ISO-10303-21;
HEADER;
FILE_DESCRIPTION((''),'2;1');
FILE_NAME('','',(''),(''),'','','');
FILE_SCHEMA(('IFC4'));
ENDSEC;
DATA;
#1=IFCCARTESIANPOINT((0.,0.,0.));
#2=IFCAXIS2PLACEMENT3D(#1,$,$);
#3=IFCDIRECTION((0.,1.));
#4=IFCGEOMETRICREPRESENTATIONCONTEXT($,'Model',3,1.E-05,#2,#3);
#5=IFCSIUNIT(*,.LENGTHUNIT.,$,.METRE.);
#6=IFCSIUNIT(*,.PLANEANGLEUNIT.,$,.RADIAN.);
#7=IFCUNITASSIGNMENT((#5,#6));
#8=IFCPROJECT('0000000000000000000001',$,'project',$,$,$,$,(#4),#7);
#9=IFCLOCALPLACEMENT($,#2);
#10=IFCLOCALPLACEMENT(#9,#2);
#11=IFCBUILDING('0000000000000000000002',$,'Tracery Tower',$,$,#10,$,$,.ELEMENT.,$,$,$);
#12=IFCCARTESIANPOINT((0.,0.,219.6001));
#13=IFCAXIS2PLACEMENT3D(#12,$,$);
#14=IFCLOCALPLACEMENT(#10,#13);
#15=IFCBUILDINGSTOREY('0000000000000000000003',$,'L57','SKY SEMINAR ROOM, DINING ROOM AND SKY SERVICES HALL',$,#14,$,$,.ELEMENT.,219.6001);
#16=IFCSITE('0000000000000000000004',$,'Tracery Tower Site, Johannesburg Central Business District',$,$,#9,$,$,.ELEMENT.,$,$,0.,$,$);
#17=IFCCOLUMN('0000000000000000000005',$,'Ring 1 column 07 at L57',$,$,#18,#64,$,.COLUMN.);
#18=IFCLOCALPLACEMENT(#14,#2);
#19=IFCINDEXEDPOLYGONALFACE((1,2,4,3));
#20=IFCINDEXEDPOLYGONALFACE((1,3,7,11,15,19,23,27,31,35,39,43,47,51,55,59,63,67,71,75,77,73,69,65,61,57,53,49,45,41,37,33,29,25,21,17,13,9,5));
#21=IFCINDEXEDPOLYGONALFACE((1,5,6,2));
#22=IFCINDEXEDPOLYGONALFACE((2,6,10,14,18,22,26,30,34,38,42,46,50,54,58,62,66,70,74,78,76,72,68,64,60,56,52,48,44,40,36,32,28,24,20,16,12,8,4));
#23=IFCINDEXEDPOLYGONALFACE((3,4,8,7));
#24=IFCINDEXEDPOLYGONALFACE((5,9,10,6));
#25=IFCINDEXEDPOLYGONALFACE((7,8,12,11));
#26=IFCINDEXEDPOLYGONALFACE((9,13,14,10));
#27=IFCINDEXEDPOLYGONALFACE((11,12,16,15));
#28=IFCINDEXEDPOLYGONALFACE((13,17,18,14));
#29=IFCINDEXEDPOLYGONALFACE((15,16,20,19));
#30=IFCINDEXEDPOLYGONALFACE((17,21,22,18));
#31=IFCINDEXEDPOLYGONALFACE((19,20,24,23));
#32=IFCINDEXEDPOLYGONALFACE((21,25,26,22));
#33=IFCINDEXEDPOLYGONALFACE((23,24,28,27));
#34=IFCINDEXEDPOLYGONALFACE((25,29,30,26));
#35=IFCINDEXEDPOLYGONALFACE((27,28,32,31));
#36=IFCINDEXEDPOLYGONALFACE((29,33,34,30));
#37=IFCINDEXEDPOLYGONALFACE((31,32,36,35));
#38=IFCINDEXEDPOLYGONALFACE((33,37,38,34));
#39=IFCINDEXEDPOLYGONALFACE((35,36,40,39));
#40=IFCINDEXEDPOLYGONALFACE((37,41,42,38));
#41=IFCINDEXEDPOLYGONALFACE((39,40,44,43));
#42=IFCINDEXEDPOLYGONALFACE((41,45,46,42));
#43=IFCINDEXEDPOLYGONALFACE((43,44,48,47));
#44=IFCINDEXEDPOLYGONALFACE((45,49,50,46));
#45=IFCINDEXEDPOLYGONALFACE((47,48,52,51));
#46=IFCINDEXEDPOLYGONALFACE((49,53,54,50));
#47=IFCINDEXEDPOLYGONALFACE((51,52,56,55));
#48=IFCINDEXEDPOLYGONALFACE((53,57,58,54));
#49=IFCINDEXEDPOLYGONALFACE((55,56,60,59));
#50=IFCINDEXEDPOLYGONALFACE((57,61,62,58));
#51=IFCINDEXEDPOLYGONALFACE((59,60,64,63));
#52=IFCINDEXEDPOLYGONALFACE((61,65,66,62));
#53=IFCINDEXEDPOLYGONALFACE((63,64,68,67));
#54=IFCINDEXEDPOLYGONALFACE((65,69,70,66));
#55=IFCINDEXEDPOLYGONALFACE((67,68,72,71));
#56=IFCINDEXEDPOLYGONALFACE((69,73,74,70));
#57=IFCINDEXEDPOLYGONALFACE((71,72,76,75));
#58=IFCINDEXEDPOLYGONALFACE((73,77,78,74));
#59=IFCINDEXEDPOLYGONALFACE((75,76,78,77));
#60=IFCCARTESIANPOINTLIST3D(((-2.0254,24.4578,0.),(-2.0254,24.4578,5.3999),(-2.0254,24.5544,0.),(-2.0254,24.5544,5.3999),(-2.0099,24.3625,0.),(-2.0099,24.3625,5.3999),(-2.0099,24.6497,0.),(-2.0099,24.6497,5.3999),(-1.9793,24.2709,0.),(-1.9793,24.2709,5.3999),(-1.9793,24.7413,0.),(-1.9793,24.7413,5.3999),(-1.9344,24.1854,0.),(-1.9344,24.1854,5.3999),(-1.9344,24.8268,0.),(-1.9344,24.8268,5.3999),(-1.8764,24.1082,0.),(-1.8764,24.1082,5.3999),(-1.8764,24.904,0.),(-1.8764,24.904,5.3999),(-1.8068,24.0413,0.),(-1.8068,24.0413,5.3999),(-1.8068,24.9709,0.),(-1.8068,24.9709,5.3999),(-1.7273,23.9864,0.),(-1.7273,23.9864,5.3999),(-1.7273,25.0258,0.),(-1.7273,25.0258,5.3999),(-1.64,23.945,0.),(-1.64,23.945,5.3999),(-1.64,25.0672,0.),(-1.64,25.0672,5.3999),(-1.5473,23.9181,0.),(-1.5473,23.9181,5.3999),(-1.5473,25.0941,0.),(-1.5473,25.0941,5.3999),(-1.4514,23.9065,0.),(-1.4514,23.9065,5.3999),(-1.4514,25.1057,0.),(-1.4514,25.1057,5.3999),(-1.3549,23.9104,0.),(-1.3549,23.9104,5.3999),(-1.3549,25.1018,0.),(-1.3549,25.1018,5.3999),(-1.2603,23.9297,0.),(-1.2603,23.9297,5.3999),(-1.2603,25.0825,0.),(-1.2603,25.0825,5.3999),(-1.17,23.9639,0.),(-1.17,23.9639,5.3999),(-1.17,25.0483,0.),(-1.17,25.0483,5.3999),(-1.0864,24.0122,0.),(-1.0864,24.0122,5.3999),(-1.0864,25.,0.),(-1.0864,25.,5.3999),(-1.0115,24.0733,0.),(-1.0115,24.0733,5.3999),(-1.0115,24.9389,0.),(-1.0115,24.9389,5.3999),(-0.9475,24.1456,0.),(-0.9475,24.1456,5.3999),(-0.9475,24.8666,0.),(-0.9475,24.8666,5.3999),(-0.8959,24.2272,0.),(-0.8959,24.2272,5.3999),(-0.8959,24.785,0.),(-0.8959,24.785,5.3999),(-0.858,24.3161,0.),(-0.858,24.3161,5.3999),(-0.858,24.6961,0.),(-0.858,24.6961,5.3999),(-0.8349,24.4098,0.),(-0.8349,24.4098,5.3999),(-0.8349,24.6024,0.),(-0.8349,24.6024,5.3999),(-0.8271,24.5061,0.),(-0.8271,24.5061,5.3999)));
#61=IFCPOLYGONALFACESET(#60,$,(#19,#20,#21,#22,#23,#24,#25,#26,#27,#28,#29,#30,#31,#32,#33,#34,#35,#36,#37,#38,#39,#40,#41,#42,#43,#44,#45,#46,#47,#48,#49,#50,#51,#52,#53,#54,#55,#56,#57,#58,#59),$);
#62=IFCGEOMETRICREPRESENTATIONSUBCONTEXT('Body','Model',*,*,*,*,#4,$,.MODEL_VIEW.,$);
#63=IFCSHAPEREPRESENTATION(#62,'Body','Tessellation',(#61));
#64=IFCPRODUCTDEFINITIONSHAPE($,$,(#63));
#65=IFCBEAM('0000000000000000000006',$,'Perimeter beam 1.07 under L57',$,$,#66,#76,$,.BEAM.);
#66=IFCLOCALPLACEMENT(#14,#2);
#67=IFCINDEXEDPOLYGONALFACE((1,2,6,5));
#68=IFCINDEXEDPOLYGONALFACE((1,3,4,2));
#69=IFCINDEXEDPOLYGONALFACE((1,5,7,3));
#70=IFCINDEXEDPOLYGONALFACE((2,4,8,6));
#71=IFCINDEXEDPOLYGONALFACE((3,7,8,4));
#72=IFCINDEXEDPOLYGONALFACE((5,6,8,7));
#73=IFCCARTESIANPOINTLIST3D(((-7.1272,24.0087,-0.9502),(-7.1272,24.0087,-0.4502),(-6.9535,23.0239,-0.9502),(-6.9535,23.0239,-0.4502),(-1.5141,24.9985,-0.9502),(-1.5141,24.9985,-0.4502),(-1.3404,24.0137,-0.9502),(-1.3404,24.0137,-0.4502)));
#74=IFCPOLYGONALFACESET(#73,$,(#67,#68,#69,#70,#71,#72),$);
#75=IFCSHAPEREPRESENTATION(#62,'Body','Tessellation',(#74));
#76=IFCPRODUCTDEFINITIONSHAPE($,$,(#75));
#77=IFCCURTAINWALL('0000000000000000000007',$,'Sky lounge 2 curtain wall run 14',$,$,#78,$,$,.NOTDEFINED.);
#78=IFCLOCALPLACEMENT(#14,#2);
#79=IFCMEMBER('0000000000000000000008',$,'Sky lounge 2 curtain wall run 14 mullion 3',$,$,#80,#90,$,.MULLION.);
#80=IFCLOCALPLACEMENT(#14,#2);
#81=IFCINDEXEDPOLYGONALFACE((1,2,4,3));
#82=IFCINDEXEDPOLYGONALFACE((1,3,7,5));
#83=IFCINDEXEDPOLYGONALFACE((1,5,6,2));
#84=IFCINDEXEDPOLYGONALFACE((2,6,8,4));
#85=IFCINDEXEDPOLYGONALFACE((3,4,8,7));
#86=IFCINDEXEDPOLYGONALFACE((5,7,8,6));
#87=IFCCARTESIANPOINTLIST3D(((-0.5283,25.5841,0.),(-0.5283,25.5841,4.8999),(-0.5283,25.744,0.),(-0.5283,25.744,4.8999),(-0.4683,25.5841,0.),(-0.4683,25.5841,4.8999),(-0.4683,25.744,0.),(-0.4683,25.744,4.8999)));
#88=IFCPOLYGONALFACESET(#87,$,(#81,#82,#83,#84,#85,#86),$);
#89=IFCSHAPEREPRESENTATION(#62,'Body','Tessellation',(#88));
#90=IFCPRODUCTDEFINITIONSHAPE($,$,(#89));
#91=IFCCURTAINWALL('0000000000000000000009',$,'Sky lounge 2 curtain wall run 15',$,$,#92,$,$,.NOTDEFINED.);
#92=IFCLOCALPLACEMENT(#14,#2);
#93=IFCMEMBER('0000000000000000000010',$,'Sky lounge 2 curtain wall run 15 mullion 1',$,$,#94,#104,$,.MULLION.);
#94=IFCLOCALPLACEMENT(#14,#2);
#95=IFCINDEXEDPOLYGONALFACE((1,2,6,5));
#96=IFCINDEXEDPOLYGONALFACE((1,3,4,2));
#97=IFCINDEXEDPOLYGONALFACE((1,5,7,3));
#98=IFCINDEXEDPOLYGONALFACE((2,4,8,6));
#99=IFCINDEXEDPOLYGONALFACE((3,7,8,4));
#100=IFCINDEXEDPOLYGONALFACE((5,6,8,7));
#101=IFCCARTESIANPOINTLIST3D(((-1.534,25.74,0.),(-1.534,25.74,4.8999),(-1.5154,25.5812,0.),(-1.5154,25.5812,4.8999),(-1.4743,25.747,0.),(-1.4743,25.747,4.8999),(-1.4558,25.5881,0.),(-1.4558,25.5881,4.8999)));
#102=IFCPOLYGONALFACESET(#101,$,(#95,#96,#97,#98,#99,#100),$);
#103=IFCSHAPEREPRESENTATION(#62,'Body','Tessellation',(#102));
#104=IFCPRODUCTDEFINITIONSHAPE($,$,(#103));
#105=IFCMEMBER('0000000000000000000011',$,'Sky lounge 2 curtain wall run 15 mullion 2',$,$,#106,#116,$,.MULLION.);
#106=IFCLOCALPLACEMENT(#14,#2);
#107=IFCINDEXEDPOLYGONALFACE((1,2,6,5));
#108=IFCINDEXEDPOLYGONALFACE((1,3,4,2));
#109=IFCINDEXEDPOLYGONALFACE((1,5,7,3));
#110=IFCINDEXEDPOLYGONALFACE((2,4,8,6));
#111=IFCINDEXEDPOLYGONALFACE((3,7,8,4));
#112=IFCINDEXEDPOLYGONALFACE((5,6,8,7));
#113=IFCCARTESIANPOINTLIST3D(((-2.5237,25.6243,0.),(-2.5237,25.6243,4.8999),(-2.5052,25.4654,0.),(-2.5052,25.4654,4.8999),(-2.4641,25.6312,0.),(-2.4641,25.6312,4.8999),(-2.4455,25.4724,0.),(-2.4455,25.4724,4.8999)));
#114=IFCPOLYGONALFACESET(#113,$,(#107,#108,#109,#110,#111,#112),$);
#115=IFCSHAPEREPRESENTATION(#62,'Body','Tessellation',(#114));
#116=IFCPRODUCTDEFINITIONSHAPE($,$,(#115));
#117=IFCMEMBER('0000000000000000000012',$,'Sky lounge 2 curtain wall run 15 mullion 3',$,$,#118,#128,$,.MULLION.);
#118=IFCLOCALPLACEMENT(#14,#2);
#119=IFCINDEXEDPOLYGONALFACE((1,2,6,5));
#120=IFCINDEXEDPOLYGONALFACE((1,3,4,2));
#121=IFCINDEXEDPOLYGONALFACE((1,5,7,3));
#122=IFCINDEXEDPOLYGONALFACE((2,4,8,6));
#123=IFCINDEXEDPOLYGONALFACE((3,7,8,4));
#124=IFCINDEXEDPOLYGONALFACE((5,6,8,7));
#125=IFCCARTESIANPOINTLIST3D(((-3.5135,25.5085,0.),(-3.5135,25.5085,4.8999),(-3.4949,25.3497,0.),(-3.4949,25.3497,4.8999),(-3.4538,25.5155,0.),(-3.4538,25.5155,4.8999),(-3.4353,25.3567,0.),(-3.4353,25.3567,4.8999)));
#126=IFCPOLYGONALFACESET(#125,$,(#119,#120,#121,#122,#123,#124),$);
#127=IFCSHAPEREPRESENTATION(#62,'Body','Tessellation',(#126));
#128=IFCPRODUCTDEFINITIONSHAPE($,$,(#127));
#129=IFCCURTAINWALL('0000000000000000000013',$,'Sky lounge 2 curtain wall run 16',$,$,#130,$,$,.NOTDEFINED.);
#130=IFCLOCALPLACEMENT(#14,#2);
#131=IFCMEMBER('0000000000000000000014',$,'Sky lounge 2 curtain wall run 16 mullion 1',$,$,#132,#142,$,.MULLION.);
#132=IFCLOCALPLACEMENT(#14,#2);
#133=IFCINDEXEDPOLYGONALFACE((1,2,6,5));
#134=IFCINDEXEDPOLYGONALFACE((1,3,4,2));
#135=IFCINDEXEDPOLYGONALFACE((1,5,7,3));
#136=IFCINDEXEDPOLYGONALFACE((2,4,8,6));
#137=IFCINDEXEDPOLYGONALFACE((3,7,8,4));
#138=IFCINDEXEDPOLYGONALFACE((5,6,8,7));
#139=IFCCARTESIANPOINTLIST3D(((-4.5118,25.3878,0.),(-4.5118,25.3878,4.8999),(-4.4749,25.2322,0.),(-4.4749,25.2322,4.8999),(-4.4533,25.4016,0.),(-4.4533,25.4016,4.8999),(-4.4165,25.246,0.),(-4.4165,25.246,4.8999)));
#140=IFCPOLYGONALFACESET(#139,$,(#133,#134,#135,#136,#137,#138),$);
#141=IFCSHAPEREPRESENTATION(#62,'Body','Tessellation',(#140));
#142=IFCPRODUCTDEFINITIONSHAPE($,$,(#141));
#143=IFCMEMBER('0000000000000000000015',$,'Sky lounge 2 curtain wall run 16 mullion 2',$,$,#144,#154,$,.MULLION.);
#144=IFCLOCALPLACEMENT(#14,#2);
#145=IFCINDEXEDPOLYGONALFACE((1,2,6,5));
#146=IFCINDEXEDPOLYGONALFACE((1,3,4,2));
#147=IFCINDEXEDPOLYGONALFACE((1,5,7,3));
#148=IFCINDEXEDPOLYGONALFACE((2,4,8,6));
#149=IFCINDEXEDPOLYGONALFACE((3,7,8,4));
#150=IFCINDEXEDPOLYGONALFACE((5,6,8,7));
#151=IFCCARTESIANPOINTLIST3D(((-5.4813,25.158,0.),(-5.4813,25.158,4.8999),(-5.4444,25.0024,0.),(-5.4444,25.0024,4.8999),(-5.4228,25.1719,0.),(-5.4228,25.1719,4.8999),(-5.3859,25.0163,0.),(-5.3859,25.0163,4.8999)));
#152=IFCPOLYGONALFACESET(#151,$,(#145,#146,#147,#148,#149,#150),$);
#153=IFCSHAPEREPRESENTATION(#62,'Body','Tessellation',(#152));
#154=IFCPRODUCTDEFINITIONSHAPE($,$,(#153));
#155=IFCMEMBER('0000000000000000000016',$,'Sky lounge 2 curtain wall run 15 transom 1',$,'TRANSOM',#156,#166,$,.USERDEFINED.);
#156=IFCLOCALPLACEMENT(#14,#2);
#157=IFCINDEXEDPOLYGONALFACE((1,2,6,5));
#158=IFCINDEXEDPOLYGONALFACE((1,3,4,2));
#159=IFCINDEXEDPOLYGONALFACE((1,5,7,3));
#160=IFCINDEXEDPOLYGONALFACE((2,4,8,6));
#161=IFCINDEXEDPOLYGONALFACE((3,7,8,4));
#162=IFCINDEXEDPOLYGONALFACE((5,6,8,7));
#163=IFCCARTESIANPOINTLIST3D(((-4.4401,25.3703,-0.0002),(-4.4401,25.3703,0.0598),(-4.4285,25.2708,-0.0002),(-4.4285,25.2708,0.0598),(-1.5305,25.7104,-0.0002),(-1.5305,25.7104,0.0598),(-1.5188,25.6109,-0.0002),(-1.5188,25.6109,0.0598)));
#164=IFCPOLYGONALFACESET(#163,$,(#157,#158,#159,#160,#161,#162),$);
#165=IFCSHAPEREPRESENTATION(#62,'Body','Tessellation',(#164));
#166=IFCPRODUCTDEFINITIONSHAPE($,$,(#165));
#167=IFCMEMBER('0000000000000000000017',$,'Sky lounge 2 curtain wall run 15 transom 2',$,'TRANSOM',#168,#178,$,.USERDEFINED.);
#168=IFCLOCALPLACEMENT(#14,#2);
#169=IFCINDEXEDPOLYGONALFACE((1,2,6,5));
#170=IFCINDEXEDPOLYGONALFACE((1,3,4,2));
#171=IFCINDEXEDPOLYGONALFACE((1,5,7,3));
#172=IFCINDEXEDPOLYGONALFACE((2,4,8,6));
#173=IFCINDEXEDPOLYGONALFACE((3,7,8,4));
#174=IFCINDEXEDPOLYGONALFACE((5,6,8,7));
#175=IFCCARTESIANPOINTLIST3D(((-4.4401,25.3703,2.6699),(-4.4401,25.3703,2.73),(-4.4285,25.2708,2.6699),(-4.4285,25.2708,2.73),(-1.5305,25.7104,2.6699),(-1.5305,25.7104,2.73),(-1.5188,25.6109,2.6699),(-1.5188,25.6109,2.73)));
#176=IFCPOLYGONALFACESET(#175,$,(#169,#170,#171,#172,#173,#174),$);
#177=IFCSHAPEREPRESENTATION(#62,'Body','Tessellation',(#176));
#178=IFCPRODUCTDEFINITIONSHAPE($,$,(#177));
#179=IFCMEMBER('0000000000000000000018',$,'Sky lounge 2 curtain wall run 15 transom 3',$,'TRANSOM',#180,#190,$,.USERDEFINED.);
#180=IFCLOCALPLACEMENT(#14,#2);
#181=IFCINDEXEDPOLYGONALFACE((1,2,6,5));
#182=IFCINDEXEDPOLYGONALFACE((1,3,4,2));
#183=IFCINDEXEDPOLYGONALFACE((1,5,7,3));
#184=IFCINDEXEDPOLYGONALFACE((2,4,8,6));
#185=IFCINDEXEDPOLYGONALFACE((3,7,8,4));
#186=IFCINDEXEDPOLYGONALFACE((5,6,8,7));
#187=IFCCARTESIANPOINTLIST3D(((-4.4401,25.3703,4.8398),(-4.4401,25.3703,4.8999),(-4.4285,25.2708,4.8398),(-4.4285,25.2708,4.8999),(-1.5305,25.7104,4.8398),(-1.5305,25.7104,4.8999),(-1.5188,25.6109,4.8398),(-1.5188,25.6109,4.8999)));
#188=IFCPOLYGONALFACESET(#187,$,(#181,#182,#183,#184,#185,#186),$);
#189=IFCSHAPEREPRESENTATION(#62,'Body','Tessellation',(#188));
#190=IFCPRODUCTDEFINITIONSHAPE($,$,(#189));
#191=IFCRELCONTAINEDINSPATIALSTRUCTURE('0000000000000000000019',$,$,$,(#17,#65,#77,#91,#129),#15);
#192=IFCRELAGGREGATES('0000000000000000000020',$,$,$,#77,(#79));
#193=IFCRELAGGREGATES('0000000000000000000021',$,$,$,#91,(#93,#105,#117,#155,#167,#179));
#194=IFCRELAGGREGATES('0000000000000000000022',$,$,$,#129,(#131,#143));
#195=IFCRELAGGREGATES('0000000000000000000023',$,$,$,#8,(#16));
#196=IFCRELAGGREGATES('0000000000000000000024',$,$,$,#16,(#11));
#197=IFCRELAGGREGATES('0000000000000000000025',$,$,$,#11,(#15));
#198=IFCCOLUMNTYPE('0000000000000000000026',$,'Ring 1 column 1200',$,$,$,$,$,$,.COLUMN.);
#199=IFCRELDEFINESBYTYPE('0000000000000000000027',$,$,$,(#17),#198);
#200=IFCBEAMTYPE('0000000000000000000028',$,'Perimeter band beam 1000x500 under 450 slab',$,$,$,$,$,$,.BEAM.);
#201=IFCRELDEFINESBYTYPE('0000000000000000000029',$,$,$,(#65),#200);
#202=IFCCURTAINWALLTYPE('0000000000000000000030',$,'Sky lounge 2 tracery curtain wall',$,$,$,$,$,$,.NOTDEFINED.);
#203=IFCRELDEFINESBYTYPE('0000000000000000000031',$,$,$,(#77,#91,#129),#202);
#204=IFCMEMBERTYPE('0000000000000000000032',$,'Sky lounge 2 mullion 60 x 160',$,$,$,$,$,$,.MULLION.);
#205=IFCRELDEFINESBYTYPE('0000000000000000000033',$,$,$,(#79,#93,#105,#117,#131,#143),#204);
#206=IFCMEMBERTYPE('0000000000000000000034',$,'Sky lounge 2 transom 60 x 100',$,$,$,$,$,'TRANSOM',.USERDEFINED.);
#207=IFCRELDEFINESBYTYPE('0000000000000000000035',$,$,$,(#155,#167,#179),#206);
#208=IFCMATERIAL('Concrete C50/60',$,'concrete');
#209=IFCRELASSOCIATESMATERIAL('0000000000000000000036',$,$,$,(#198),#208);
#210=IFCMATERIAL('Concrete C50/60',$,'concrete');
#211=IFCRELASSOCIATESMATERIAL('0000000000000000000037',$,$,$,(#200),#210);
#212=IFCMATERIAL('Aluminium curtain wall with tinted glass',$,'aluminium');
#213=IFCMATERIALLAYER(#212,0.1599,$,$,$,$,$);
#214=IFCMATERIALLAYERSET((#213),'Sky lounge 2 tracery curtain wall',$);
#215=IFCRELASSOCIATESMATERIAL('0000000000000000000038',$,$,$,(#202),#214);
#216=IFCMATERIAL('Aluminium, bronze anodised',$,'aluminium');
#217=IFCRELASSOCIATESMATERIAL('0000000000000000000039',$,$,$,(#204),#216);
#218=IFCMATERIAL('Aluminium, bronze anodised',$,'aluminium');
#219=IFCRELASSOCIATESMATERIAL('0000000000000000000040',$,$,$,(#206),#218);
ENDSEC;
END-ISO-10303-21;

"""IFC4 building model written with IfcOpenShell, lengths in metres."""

from ifc_helpers import new_model, si_unit, direction, frame, origin, origin_2d, place, context, subcontext, project, spatial, rectangle, circle, extrude, material, layer, layer_set, material_profile, profile_set, type_object, element, aggregate, save


model = new_model("IFC4")

# Units and contexts
model_context = context("Model", 3, precision=1e-05, world=origin(), true_north=direction((0.0, 1.0)))
body_context = subcontext(model_context, "Body", "Model", "MODEL_VIEW")
ifc_project = project(units=[si_unit("LENGTHUNIT", "METRE"), si_unit("PLANEANGLEUNIT", "RADIAN")], contexts=[model_context])

# Site, building, storey
site_placement = place(None, origin())
site = spatial("IfcSite", under=ifc_project, at=site_placement, Name="Tracery Tower Site, Johannesburg Central Business District", CompositionType="ELEMENT", RefElevation=0.0)
building_placement = place(site_placement, origin())
building = spatial("IfcBuilding", under=site, at=building_placement, Name="Tracery Tower", CompositionType="ELEMENT")
storey_placement = place(building_placement, frame((0.0, 0.0, 219.6001)))
storey = spatial("IfcBuildingStorey", under=building, at=storey_placement, Name="L57", Description="SKY SEMINAR ROOM, DINING ROOM AND SKY SERVICES HALL", CompositionType="ELEMENT", Elevation=219.6001)

# Column
ifc_material_1 = material(Name="Concrete C50/60", Category="concrete")
ifc_material_profile_1 = material_profile(ifc_material_1, circle(Radius=0.6001, at=origin_2d()), Name="RC D1200")
ifc_profile_set_1 = profile_set([ifc_material_profile_1], Name="Concrete C50/60")
column_type = type_object("IfcColumnType", Name="Ring 1 column 1200", PredefinedType="COLUMN", material=ifc_profile_set_1)
column_placement = place(storey_placement, frame((-1.4272, 24.5061, 0.0), z_axis=(0.0, 0.0, 1.0), x_axis=(1.0, 0.0, 0.0)))
element("IfcColumn", 1, at=column_placement, inside=storey, type_object=column_type, Name="Ring 1 column 07 at L57", PredefinedType="COLUMN", context=body_context, shape_type="SweptSolid", body=[
    extrude(circle(Radius=0.6001, at=origin_2d()), origin(), (0.0, 0.0, 1.0), 5.3999),
])

# Beam
ifc_material_2 = material(Name="Concrete C50/60", Category="concrete")
ifc_material_profile_2 = material_profile(ifc_material_2, rectangle(XDim=1.0, YDim=0.5, at=origin_2d()), Name="RC 1000x500")
ifc_profile_set_2 = profile_set([ifc_material_profile_2], Name="Concrete C50/60")
beam_type = type_object("IfcBeamType", Name="Perimeter band beam 1000x500 under 450 slab", PredefinedType="BEAM", material=ifc_profile_set_2)
beam_placement = place(storey_placement, frame((-1.4272, 24.5061, -0.7002), z_axis=(-0.984807, -0.173651, 0.0), x_axis=(0.173651, -0.984807, 0.0)))
element("IfcBeam", 2, at=beam_placement, inside=storey, type_object=beam_type, Name="Perimeter beam 1.07 under L57", PredefinedType="BEAM", context=body_context, shape_type="SweptSolid", body=[
    extrude(rectangle(XDim=1.0, YDim=0.5, at=origin_2d()), origin(), (0.0, 0.0, 1.0), 5.6997),
])

# Curtain wall, member
ifc_material_3 = material(Name="Aluminium curtain wall with tinted glass", Category="aluminium")
ifc_layer_1 = layer(ifc_material_3, 0.1599)
ifc_layer_set_1 = layer_set([ifc_layer_1], Name="Sky lounge 2 tracery curtain wall")
curtain_wall_type = type_object("IfcCurtainWallType", Name="Sky lounge 2 tracery curtain wall", PredefinedType="NOTDEFINED", material=ifc_layer_set_1)
curtain_wall_1_placement = place(storey_placement, origin())
curtain_wall_1 = element("IfcCurtainWall", 3, at=curtain_wall_1_placement, inside=storey, type_object=curtain_wall_type, Name="Sky lounge 2 curtain wall run 14", PredefinedType="NOTDEFINED")
ifc_material_4 = material(Name="Aluminium, bronze anodised", Category="aluminium")
ifc_material_profile_3 = material_profile(ifc_material_4, rectangle(XDim=0.1599, YDim=0.0601, at=origin_2d()), Name="AL 60x160")
ifc_profile_set_3 = profile_set([ifc_material_profile_3], Name="Aluminium, bronze anodised")
member_type_1 = type_object("IfcMemberType", Name="Sky lounge 2 mullion 60 x 160", PredefinedType="MULLION", material=ifc_profile_set_3)
member_1_placement = place(storey_placement, frame((-0.4983, 25.6641, 0.0), z_axis=(0.0, 0.0, 1.0), x_axis=(0.0, -1.0, 0.0)))
member_1 = element("IfcMember", 4, at=member_1_placement, type_object=member_type_1, Name="Sky lounge 2 curtain wall run 14 mullion 3", PredefinedType="MULLION", context=body_context, shape_type="SweptSolid", body=[
    extrude(rectangle(XDim=0.1599, YDim=0.0601, at=origin_2d()), origin(), (0.0, 0.0, 1.0), 4.8999),
])

# Curtain walls, members
curtain_wall_2_placement = place(storey_placement, origin())
curtain_wall_2 = element("IfcCurtainWall", 5, at=curtain_wall_2_placement, inside=storey, type_object=curtain_wall_type, Name="Sky lounge 2 curtain wall run 15", PredefinedType="NOTDEFINED")
member_2_placement = place(storey_placement, frame((-1.4949, 25.6641, 0.0), z_axis=(0.0, 0.0, 1.0), x_axis=(0.116093, -0.993238, 0.0)))
member_2 = element("IfcMember", 6, at=member_2_placement, type_object=member_type_1, Name="Sky lounge 2 curtain wall run 15 mullion 1", PredefinedType="MULLION", context=body_context, shape_type="SweptSolid", body=[
    extrude(rectangle(XDim=0.1599, YDim=0.0601, at=origin_2d()), origin(), (0.0, 0.0, 1.0), 4.8999),
])
member_3_placement = place(storey_placement, frame((-2.4846, 25.5483, 0.0), z_axis=(0.0, 0.0, 1.0), x_axis=(0.116093, -0.993238, 0.0)))
member_3 = element("IfcMember", 7, at=member_3_placement, type_object=member_type_1, Name="Sky lounge 2 curtain wall run 15 mullion 2", PredefinedType="MULLION", context=body_context, shape_type="SweptSolid", body=[
    extrude(rectangle(XDim=0.1599, YDim=0.0601, at=origin_2d()), origin(), (0.0, 0.0, 1.0), 4.8999),
])
member_4_placement = place(storey_placement, frame((-3.4744, 25.4326, 0.0), z_axis=(0.0, 0.0, 1.0), x_axis=(0.116093, -0.993238, 0.0)))
member_4 = element("IfcMember", 8, at=member_4_placement, type_object=member_type_1, Name="Sky lounge 2 curtain wall run 15 mullion 3", PredefinedType="MULLION", context=body_context, shape_type="SweptSolid", body=[
    extrude(rectangle(XDim=0.1599, YDim=0.0601, at=origin_2d()), origin(), (0.0, 0.0, 1.0), 4.8999),
])
curtain_wall_3_placement = place(storey_placement, origin())
curtain_wall_3 = element("IfcCurtainWall", 9, at=curtain_wall_3_placement, inside=storey, type_object=curtain_wall_type, Name="Sky lounge 2 curtain wall run 16", PredefinedType="NOTDEFINED")
member_5_placement = place(storey_placement, frame((-4.4641, 25.3169, 0.0), z_axis=(0.0, 0.0, 1.0), x_axis=(0.230616, -0.973045, 0.0)))
member_5 = element("IfcMember", 10, at=member_5_placement, type_object=member_type_1, Name="Sky lounge 2 curtain wall run 16 mullion 1", PredefinedType="MULLION", context=body_context, shape_type="SweptSolid", body=[
    extrude(rectangle(XDim=0.1599, YDim=0.0601, at=origin_2d()), origin(), (0.0, 0.0, 1.0), 4.8999),
])
member_6_placement = place(storey_placement, frame((-5.4336, 25.0872, 0.0), z_axis=(0.0, 0.0, 1.0), x_axis=(0.230616, -0.973045, 0.0)))
member_6 = element("IfcMember", 11, at=member_6_placement, type_object=member_type_1, Name="Sky lounge 2 curtain wall run 16 mullion 2", PredefinedType="MULLION", context=body_context, shape_type="SweptSolid", body=[
    extrude(rectangle(XDim=0.1599, YDim=0.0601, at=origin_2d()), origin(), (0.0, 0.0, 1.0), 4.8999),
])

# Members
ifc_material_5 = material(Name="Aluminium, bronze anodised", Category="aluminium")
ifc_material_profile_4 = material_profile(ifc_material_5, rectangle(XDim=0.1001, YDim=0.0601, at=origin_2d()), Name="AL 60x100")
ifc_profile_set_4 = profile_set([ifc_material_profile_4], Name="Aluminium, bronze anodised")
member_type_2 = type_object("IfcMemberType", Name="Sky lounge 2 transom 60 x 100", ElementType="TRANSOM", PredefinedType="USERDEFINED", material=ifc_profile_set_4)
member_7_placement = place(storey_placement, frame((-1.5247, 25.6606, 0.0298), z_axis=(-0.993238, -0.116092, 0.0), x_axis=(0.116092, -0.993238, 0.0)))
member_7 = element("IfcMember", 12, at=member_7_placement, type_object=member_type_2, Name="Sky lounge 2 curtain wall run 15 transom 1", ObjectType="TRANSOM", PredefinedType="USERDEFINED", context=body_context, shape_type="SweptSolid", body=[
    extrude(rectangle(XDim=0.1001, YDim=0.0601, at=origin_2d()), origin(), (0.0, 0.0, 1.0), 2.9294),
])
member_8_placement = place(storey_placement, frame((-1.5247, 25.6606, 2.7), z_axis=(-0.993238, -0.116092, 0.0), x_axis=(0.116092, -0.993238, 0.0)))
member_8 = element("IfcMember", 13, at=member_8_placement, type_object=member_type_2, Name="Sky lounge 2 curtain wall run 15 transom 2", ObjectType="TRANSOM", PredefinedType="USERDEFINED", context=body_context, shape_type="SweptSolid", body=[
    extrude(rectangle(XDim=0.1001, YDim=0.0601, at=origin_2d()), origin(), (0.0, 0.0, 1.0), 2.9294),
])
member_9_placement = place(storey_placement, frame((-1.5247, 25.6606, 4.8699), z_axis=(-0.993238, -0.116092, 0.0), x_axis=(0.116092, -0.993238, 0.0)))
member_9 = element("IfcMember", 14, at=member_9_placement, type_object=member_type_2, Name="Sky lounge 2 curtain wall run 15 transom 3", ObjectType="TRANSOM", PredefinedType="USERDEFINED", context=body_context, shape_type="SweptSolid", body=[
    extrude(rectangle(XDim=0.1001, YDim=0.0601, at=origin_2d()), origin(), (0.0, 0.0, 1.0), 2.9294),
])

aggregate(curtain_wall_1, [member_1])
aggregate(curtain_wall_2, [member_2, member_3, member_4, member_7, member_8, member_9])
aggregate(curtain_wall_3, [member_5, member_6])

save(model, "model.ifc")
